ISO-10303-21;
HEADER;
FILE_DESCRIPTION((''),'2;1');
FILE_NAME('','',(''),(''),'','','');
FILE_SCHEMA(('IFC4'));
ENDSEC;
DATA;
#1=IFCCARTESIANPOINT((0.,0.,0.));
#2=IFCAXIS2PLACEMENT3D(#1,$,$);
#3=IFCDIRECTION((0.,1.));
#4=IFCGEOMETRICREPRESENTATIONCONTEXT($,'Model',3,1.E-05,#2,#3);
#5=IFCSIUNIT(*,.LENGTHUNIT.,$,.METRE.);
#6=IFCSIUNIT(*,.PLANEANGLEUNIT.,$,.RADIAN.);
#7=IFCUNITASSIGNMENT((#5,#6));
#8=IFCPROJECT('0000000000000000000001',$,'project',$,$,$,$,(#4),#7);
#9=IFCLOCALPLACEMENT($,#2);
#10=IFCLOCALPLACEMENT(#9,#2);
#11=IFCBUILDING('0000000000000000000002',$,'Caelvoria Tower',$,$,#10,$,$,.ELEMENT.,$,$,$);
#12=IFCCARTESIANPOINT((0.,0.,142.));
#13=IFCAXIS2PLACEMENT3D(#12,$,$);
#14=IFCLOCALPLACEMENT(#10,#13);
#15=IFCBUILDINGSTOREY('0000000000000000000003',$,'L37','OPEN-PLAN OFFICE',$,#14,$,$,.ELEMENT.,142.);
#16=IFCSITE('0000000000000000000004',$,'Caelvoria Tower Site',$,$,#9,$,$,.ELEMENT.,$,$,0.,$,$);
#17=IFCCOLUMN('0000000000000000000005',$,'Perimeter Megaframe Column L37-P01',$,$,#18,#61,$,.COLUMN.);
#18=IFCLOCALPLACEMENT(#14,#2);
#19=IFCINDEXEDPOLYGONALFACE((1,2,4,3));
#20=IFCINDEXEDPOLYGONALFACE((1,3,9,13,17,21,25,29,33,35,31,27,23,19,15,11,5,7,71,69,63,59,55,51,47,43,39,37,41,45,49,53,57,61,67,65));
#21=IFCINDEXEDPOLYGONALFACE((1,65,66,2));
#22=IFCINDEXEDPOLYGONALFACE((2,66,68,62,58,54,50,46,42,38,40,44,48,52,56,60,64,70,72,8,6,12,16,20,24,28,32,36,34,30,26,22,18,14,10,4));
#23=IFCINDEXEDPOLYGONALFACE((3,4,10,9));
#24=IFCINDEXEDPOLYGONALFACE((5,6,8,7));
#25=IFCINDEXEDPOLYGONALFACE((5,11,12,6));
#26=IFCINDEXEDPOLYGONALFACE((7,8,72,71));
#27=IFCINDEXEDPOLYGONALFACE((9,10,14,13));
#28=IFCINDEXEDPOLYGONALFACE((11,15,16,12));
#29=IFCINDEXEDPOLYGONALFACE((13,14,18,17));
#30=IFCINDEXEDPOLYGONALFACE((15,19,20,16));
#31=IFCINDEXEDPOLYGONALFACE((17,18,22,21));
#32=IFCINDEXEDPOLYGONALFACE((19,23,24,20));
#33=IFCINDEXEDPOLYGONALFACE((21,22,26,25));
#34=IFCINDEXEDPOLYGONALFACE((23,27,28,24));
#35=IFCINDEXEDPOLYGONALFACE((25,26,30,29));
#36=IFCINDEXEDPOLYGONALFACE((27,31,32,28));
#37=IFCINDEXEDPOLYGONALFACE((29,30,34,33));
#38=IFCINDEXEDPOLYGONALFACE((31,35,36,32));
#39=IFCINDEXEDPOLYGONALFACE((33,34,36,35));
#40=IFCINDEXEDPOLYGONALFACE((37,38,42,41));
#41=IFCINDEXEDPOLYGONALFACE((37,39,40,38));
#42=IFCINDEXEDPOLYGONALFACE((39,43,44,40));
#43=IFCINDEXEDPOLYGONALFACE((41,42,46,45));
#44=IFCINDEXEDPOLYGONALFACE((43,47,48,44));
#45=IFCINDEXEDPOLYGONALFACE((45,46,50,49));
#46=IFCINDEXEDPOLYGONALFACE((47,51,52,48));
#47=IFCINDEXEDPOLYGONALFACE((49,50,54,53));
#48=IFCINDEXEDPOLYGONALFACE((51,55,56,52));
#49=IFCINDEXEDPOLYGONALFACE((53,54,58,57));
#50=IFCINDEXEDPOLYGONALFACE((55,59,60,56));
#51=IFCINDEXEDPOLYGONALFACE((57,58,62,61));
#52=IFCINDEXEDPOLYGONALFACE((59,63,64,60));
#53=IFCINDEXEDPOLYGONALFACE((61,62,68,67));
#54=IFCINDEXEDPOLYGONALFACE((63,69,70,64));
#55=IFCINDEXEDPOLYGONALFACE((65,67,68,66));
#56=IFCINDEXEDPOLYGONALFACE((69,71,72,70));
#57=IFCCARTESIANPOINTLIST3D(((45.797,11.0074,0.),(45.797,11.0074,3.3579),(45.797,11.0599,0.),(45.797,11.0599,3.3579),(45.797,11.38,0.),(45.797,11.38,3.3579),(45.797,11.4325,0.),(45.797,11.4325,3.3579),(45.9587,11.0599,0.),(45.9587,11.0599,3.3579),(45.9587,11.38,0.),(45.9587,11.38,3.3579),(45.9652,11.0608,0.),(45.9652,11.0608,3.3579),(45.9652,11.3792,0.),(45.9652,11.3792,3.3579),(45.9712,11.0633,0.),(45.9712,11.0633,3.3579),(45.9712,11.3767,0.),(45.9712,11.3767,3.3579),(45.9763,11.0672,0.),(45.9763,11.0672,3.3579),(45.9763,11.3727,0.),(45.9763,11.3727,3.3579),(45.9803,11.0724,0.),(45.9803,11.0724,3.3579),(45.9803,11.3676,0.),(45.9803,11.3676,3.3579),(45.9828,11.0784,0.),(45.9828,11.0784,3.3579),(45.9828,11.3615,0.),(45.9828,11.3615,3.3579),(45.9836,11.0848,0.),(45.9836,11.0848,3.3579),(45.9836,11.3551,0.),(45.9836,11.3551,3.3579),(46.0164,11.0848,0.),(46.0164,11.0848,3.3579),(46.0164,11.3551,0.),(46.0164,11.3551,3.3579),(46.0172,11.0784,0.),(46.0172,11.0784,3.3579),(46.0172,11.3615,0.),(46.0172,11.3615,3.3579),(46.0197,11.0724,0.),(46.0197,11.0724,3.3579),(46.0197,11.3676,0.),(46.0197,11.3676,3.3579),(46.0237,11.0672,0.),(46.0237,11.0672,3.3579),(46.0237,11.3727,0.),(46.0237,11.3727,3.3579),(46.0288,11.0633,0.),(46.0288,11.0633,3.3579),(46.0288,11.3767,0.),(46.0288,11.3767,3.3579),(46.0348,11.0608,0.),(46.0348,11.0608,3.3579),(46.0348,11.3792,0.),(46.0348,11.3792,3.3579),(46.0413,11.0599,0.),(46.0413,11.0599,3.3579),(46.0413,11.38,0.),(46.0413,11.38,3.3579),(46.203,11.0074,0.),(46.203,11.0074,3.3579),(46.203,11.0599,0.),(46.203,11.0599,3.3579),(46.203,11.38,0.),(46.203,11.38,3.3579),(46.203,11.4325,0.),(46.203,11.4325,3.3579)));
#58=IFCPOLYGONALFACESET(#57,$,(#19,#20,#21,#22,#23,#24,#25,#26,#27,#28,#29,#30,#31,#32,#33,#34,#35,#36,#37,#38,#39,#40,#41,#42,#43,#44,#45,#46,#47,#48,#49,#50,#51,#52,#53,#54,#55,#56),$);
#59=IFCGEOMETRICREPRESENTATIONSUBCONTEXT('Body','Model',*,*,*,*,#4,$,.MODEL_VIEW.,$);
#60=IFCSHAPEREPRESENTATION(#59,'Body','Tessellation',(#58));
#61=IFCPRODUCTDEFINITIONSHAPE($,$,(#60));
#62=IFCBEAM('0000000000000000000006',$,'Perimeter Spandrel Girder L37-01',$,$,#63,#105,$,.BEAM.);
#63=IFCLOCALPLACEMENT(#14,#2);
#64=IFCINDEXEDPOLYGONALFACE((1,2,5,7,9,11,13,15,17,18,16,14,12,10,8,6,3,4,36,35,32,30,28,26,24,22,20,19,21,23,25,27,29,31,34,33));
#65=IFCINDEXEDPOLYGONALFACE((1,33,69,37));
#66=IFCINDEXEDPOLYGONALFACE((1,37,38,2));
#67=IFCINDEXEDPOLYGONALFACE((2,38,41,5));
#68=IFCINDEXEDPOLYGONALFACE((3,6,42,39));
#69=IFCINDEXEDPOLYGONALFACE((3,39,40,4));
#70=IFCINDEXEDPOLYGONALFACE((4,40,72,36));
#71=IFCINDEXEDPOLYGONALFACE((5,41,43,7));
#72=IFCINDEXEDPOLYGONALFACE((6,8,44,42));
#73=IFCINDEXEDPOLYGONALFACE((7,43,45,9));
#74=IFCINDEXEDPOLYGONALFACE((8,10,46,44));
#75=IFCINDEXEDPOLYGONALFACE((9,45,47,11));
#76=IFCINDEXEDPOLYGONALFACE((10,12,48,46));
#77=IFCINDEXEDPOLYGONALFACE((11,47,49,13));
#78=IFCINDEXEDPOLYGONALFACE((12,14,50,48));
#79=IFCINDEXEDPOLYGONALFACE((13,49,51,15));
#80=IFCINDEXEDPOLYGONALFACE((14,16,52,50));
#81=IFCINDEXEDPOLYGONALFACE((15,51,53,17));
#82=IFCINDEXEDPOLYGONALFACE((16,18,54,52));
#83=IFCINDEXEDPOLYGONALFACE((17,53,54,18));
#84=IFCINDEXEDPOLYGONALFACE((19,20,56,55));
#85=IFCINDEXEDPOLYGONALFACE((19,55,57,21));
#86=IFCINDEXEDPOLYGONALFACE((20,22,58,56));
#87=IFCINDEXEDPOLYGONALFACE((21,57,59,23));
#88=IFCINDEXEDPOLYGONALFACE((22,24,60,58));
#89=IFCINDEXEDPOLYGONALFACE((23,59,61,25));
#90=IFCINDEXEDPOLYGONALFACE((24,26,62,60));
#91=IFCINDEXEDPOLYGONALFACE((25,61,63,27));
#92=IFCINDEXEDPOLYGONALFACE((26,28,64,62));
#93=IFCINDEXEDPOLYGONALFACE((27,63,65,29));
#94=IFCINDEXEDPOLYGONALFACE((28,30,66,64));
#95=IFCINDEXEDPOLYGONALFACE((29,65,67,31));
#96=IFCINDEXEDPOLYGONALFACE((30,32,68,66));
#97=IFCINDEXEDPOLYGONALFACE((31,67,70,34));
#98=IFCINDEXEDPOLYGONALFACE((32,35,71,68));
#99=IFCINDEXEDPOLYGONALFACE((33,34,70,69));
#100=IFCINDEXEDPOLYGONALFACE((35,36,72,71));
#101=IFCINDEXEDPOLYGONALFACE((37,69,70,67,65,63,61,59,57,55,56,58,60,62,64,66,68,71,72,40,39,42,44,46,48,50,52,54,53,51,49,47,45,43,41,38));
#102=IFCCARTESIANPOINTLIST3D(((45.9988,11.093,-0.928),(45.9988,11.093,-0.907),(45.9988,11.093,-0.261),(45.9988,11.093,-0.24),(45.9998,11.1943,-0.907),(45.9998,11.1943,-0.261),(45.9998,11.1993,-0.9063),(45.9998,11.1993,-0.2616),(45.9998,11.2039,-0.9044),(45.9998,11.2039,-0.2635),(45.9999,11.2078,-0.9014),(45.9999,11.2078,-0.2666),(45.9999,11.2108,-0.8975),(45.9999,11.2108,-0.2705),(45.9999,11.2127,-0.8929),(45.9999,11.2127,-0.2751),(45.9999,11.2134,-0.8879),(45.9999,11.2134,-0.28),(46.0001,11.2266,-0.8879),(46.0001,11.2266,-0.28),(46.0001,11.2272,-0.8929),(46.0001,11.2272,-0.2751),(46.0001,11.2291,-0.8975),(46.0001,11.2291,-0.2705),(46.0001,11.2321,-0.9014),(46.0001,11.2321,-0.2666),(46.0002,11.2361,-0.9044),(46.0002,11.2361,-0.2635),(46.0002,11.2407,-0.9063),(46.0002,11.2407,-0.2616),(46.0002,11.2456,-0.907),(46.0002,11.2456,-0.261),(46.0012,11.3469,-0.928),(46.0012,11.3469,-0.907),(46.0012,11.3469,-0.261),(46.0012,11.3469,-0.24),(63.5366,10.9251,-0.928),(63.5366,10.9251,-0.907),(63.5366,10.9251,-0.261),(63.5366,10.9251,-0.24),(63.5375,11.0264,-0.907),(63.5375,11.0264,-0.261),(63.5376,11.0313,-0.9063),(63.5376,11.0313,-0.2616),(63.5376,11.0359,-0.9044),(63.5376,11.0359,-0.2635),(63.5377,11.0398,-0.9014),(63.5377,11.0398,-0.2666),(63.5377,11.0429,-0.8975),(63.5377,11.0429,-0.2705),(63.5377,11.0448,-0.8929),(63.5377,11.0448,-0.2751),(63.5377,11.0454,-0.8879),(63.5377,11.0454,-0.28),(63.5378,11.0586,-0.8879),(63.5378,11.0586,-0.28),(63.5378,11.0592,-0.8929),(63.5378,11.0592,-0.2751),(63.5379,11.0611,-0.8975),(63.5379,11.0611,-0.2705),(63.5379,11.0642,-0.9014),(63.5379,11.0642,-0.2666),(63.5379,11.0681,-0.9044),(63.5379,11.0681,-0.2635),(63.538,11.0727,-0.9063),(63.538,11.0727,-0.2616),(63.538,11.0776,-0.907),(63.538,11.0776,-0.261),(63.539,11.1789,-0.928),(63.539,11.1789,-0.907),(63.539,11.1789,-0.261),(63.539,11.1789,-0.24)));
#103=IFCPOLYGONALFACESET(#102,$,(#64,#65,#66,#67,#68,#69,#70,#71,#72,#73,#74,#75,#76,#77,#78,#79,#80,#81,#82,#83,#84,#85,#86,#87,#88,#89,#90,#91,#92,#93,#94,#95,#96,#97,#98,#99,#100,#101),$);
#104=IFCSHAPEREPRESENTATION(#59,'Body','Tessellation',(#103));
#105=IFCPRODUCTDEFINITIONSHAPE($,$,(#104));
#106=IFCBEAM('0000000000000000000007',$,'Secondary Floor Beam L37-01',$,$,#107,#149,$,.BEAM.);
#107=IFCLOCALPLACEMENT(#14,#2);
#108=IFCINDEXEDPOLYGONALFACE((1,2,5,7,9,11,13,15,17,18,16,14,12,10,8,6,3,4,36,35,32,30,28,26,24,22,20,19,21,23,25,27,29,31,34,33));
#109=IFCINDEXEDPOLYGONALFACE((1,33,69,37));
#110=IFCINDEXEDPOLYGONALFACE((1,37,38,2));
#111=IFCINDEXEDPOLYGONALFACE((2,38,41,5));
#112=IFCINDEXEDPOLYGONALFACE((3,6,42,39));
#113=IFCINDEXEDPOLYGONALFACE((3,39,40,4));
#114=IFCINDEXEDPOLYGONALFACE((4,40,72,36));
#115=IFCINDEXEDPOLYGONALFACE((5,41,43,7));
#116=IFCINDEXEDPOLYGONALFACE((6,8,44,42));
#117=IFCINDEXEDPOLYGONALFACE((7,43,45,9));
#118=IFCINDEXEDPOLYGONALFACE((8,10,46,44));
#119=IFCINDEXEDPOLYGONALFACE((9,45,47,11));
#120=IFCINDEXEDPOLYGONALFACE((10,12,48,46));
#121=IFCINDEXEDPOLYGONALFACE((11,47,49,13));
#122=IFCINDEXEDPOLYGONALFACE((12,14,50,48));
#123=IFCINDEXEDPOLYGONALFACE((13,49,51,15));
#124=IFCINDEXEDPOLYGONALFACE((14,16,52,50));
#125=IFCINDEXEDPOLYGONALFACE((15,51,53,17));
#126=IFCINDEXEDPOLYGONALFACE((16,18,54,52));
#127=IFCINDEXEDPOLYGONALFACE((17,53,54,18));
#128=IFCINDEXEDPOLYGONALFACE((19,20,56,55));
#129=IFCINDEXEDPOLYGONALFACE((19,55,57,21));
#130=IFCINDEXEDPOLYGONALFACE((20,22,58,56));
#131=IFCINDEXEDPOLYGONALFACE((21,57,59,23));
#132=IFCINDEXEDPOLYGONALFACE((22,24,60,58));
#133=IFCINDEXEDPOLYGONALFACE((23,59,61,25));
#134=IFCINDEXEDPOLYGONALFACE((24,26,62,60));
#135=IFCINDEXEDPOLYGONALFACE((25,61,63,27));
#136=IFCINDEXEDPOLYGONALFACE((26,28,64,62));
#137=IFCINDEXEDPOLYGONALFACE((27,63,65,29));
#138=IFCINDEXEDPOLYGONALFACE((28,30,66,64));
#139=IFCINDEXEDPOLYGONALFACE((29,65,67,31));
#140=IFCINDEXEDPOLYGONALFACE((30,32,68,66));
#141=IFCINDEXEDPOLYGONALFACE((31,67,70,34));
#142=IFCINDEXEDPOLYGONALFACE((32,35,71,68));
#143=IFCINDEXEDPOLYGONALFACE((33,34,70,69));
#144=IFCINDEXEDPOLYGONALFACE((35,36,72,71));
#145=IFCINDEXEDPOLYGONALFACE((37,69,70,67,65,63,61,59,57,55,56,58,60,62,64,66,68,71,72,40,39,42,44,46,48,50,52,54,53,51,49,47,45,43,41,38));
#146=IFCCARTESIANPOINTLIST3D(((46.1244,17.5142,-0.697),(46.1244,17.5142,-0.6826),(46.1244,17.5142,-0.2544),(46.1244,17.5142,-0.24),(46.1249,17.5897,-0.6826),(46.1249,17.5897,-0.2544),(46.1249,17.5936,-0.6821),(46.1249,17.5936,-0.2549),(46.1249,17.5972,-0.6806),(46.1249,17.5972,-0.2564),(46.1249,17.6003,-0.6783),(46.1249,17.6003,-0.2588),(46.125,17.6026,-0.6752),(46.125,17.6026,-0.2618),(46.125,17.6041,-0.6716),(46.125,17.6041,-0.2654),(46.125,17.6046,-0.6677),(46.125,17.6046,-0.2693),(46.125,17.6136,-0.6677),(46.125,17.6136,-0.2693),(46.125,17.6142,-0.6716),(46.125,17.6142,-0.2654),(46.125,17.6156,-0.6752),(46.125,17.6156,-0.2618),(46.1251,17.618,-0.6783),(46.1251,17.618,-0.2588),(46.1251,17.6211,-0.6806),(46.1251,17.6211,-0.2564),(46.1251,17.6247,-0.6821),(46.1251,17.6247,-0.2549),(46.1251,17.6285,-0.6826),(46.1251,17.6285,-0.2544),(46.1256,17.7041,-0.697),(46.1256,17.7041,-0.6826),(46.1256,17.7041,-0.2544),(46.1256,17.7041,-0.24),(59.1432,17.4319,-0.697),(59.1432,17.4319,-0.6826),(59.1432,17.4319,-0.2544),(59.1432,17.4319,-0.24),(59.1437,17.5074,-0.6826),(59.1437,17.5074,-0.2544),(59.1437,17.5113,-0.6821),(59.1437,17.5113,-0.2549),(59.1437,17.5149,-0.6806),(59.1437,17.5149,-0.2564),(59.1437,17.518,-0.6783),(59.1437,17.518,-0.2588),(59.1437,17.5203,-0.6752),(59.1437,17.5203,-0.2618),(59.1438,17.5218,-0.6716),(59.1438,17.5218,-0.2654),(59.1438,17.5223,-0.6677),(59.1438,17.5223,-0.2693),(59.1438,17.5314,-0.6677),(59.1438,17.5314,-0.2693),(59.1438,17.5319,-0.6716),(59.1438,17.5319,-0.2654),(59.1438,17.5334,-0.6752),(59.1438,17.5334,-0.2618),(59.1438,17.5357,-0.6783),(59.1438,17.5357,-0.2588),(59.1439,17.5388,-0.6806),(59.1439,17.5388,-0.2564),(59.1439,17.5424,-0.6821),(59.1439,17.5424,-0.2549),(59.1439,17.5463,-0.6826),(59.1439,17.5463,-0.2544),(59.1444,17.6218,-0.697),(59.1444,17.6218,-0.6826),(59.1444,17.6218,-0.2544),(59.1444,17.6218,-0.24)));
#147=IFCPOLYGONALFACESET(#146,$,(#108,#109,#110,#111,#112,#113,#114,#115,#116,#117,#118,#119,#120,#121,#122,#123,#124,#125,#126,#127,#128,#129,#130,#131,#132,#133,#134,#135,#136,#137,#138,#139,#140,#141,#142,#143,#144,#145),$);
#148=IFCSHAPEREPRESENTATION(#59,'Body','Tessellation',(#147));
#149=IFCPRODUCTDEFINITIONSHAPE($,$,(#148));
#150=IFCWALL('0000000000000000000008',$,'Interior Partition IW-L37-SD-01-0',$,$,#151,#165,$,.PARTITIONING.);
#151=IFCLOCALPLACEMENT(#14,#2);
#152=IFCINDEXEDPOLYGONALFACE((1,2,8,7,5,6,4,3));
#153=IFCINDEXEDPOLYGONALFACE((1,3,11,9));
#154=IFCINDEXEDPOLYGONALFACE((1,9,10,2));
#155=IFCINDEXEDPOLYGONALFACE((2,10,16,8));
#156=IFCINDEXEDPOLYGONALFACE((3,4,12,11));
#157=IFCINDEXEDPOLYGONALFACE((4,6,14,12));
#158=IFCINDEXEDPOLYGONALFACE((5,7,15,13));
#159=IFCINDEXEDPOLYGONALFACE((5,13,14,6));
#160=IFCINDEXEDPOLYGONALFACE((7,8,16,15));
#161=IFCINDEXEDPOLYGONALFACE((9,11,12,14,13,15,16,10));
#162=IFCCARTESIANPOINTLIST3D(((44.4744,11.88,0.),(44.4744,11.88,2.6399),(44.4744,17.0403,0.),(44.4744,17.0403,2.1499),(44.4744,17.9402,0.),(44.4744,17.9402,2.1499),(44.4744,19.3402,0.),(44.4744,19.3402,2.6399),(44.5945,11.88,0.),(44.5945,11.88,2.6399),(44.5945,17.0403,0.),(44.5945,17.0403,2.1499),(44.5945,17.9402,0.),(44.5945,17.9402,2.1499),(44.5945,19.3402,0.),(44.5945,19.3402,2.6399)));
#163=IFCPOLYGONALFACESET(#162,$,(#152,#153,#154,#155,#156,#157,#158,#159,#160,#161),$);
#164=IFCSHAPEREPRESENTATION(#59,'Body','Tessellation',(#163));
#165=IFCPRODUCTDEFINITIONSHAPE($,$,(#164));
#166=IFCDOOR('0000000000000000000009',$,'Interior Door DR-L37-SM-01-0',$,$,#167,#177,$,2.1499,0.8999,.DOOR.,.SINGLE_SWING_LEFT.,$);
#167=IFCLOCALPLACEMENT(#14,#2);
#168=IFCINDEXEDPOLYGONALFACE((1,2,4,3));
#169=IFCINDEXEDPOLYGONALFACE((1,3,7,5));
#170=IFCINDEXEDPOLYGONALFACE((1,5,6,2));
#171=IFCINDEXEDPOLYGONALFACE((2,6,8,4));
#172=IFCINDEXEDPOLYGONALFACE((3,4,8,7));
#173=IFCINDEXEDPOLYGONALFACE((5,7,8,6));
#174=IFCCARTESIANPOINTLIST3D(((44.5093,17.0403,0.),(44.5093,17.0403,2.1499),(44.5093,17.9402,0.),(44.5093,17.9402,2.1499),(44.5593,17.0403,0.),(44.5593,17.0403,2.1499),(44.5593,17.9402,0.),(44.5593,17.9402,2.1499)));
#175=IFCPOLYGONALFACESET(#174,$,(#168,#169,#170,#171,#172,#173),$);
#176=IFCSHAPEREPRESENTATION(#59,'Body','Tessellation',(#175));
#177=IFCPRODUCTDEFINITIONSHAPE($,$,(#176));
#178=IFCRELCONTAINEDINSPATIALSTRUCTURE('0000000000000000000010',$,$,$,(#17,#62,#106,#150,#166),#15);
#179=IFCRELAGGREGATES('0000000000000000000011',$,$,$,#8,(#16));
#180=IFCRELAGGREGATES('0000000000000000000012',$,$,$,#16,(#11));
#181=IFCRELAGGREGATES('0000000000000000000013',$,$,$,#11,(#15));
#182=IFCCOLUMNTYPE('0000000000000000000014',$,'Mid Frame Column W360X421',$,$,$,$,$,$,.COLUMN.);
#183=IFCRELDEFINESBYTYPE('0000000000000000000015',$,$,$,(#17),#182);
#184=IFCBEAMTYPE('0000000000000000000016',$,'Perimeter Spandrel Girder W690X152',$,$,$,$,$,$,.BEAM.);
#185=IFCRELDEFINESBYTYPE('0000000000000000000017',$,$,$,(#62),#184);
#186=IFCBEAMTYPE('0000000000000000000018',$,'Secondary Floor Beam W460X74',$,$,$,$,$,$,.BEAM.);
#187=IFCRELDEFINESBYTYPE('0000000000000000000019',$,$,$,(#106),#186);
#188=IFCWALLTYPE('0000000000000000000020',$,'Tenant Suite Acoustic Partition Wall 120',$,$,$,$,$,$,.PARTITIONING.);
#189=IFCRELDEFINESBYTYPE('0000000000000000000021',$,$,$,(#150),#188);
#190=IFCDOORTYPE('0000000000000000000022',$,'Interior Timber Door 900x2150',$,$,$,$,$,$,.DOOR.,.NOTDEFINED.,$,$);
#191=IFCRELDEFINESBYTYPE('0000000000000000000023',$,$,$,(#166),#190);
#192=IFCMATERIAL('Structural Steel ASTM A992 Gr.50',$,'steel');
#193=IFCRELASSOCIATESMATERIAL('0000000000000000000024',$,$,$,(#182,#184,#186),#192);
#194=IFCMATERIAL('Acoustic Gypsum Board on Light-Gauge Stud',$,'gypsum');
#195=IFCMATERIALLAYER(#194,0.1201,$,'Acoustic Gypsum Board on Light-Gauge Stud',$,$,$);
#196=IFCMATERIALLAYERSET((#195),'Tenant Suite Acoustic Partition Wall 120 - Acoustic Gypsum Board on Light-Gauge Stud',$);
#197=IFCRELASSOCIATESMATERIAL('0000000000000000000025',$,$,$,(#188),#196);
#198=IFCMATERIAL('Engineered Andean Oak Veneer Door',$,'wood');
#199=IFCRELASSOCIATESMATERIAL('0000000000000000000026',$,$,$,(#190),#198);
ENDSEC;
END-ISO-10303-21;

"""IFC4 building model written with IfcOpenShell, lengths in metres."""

from ifc_helpers import new_model, si_unit, direction, frame, frame_2d, origin, origin_2d, place, context, subcontext, project, spatial, rectangle, i_section, extrude, material, layer, layer_set, material_profile, profile_set, type_object, element, fill, save


model = new_model("IFC4")

# Units and contexts
model_context = context("Model", 3, precision=1e-05, world=origin(), true_north=direction((0.0, 1.0)))
body_context = subcontext(model_context, "Body", "Model", "MODEL_VIEW")
ifc_project = project(units=[si_unit("LENGTHUNIT", "METRE"), si_unit("PLANEANGLEUNIT", "RADIAN")], contexts=[model_context])

# Site, building, storey
site_placement = place(None, origin())
site = spatial("IfcSite", under=ifc_project, at=site_placement, Name="Caelvoria Tower Site", CompositionType="ELEMENT", RefElevation=0.0)
building_placement = place(site_placement, origin())
building = spatial("IfcBuilding", under=site, at=building_placement, Name="Caelvoria Tower", CompositionType="ELEMENT")
storey_placement = place(building_placement, frame((0.0, 0.0, 142.0)))
storey = spatial("IfcBuildingStorey", under=building, at=storey_placement, Name="L37", Description="OPEN-PLAN OFFICE", CompositionType="ELEMENT", Elevation=142.0)

# Column
ifc_material_1 = material(Name="Structural Steel ASTM A992 Gr.50", Category="steel")
ifc_material_profile_1 = material_profile(ifc_material_1, i_section(OverallWidth=0.406, OverallDepth=0.425, WebThickness=0.0327, FlangeThickness=0.0525, FilletRadius=0.0249, at=origin_2d()), Name="Structural Steel ASTM A992 Gr.50")
ifc_profile_set_1 = profile_set([ifc_material_profile_1], Name="W360X421 - Structural Steel ASTM A992 Gr.50")
column_type = type_object("IfcColumnType", Name="Mid Frame Column W360X421", PredefinedType="COLUMN", material=ifc_profile_set_1)
column_placement = place(storey_placement, frame((46.0, 11.22, 0.0), z_axis=(0.0, 0.0, 1.0), x_axis=(1.0, 0.0, 0.0)))
element("IfcColumn", 1, at=column_placement, inside=storey, type_object=column_type, Name="Perimeter Megaframe Column L37-P01", PredefinedType="COLUMN", context=body_context, shape_type="SweptSolid", body=[
    extrude(i_section(OverallWidth=0.406, OverallDepth=0.425, WebThickness=0.0327, FlangeThickness=0.0525, FilletRadius=0.0249, at=origin_2d()), origin(), (0.0, 0.0, 1.0), 3.3579),
])

# Beams
ifc_material_profile_2 = material_profile(ifc_material_1, i_section(OverallWidth=0.2539, OverallDepth=0.688, WebThickness=0.0132, FlangeThickness=0.021, FilletRadius=0.019, at=origin_2d()), Name="Structural Steel ASTM A992 Gr.50")
ifc_profile_set_2 = profile_set([ifc_material_profile_2], Name="W690X152 - Structural Steel ASTM A992 Gr.50")
beam_type_1 = type_object("IfcBeamType", Name="Perimeter Spandrel Girder W690X152", PredefinedType="BEAM", material=ifc_profile_set_2)
beam_1_placement = place(storey_placement, frame((46.0, 11.22, -0.584), z_axis=(0.999954, -0.009577, 0.0), x_axis=(0.009577, 0.999954, 0.0)))
element("IfcBeam", 2, at=beam_1_placement, inside=storey, type_object=beam_type_1, Name="Perimeter Spandrel Girder L37-01", PredefinedType="BEAM", context=body_context, shape_type="SweptSolid", body=[
    extrude(i_section(OverallWidth=0.2539, OverallDepth=0.688, WebThickness=0.0132, FlangeThickness=0.021, FilletRadius=0.019, at=origin_2d()), origin(), (0.0, 0.0, 1.0), 17.5386),
])
ifc_material_profile_3 = material_profile(ifc_material_1, i_section(OverallWidth=0.1899, OverallDepth=0.457, WebThickness=0.009, FlangeThickness=0.0144, FilletRadius=0.0149, at=origin_2d()), Name="Structural Steel ASTM A992 Gr.50")
ifc_profile_set_3 = profile_set([ifc_material_profile_3], Name="W460X74 - Structural Steel ASTM A992 Gr.50")
beam_type_2 = type_object("IfcBeamType", Name="Secondary Floor Beam W460X74", PredefinedType="BEAM", material=ifc_profile_set_3)
beam_2_placement = place(storey_placement, frame((46.125, 17.6091, -0.4685), z_axis=(0.99998, -0.00632, 0.0), x_axis=(0.00632, 0.99998, 0.0)))
element("IfcBeam", 3, at=beam_2_placement, inside=storey, type_object=beam_type_2, Name="Secondary Floor Beam L37-01", PredefinedType="BEAM", context=body_context, shape_type="SweptSolid", body=[
    extrude(i_section(OverallWidth=0.1899, OverallDepth=0.457, WebThickness=0.009, FlangeThickness=0.0144, FilletRadius=0.0149, at=origin_2d()), origin(), (0.0, 0.0, 1.0), 13.019),
])

# Wall, opening, door
ifc_material_2 = material(Name="Acoustic Gypsum Board on Light-Gauge Stud", Category="gypsum")
ifc_layer_1 = layer(ifc_material_2, 0.1201, Name="Acoustic Gypsum Board on Light-Gauge Stud")
ifc_layer_set_1 = layer_set([ifc_layer_1], Name="Tenant Suite Acoustic Partition Wall 120 - Acoustic Gypsum Board on Light-Gauge Stud")
wall_type = type_object("IfcWallType", Name="Tenant Suite Acoustic Partition Wall 120", PredefinedType="PARTITIONING", material=ifc_layer_set_1)
wall_1_placement = place(storey_placement, frame((44.5344, 19.3401, 0.0), z_axis=(0.0, 0.0, 1.0), x_axis=(0.0, -1.0, 0.0)))
wall_1 = element("IfcWall", 4, at=wall_1_placement, inside=storey, type_object=wall_type, Name="Interior Partition IW-L37-SD-01-0", PredefinedType="PARTITIONING", context=body_context, shape_type="SweptSolid", body=[
    extrude(rectangle(XDim=7.4602, YDim=0.1201, at=frame_2d((3.73, 0.0))), origin(), (0.0, 0.0, 1.0), 2.6399),
])
opening_1_placement = place(wall_1_placement, frame((1.3999, 0.0, 0.0)))
opening_1 = element("IfcOpeningElement", 5, at=opening_1_placement, cuts=wall_1, PredefinedType="OPENING", context=body_context, shape_type="SweptSolid", body=[
    extrude(rectangle(XDim=0.8999, YDim=2.1499, at=frame_2d((0.45, 1.075))), frame((0.0, 0.0701, 0.0), z_axis=(0.0, -1.0, 0.0), x_axis=(1.0, 0.0, 0.0)), (0.0, 0.0, 1.0), 0.1401),
])
ifc_material_3 = material(Name="Engineered Andean Oak Veneer Door", Category="wood")
door_type = type_object("IfcDoorType", Name="Interior Timber Door 900x2150", OperationType="NOTDEFINED", PredefinedType="DOOR", material=ifc_material_3)
door_1_placement = place(opening_1_placement, origin())
door_1 = element("IfcDoor", 6, at=door_1_placement, inside=storey, type_object=door_type, Name="Interior Door DR-L37-SM-01-0", OperationType="SINGLE_SWING_LEFT", OverallHeight=2.1499, OverallWidth=0.8999, PredefinedType="DOOR", context=body_context, shape_type="SweptSolid", body=[
    extrude(rectangle(XDim=0.8999, YDim=2.1499, at=frame_2d((0.45, 1.075))), frame((0.0, 0.0249, 0.0), z_axis=(0.0, -1.0, 0.0), x_axis=(1.0, 0.0, 0.0)), (0.0, 0.0, 1.0), 0.05),
])
fill(opening_1, door_1)

save(model, "model.ifc")
